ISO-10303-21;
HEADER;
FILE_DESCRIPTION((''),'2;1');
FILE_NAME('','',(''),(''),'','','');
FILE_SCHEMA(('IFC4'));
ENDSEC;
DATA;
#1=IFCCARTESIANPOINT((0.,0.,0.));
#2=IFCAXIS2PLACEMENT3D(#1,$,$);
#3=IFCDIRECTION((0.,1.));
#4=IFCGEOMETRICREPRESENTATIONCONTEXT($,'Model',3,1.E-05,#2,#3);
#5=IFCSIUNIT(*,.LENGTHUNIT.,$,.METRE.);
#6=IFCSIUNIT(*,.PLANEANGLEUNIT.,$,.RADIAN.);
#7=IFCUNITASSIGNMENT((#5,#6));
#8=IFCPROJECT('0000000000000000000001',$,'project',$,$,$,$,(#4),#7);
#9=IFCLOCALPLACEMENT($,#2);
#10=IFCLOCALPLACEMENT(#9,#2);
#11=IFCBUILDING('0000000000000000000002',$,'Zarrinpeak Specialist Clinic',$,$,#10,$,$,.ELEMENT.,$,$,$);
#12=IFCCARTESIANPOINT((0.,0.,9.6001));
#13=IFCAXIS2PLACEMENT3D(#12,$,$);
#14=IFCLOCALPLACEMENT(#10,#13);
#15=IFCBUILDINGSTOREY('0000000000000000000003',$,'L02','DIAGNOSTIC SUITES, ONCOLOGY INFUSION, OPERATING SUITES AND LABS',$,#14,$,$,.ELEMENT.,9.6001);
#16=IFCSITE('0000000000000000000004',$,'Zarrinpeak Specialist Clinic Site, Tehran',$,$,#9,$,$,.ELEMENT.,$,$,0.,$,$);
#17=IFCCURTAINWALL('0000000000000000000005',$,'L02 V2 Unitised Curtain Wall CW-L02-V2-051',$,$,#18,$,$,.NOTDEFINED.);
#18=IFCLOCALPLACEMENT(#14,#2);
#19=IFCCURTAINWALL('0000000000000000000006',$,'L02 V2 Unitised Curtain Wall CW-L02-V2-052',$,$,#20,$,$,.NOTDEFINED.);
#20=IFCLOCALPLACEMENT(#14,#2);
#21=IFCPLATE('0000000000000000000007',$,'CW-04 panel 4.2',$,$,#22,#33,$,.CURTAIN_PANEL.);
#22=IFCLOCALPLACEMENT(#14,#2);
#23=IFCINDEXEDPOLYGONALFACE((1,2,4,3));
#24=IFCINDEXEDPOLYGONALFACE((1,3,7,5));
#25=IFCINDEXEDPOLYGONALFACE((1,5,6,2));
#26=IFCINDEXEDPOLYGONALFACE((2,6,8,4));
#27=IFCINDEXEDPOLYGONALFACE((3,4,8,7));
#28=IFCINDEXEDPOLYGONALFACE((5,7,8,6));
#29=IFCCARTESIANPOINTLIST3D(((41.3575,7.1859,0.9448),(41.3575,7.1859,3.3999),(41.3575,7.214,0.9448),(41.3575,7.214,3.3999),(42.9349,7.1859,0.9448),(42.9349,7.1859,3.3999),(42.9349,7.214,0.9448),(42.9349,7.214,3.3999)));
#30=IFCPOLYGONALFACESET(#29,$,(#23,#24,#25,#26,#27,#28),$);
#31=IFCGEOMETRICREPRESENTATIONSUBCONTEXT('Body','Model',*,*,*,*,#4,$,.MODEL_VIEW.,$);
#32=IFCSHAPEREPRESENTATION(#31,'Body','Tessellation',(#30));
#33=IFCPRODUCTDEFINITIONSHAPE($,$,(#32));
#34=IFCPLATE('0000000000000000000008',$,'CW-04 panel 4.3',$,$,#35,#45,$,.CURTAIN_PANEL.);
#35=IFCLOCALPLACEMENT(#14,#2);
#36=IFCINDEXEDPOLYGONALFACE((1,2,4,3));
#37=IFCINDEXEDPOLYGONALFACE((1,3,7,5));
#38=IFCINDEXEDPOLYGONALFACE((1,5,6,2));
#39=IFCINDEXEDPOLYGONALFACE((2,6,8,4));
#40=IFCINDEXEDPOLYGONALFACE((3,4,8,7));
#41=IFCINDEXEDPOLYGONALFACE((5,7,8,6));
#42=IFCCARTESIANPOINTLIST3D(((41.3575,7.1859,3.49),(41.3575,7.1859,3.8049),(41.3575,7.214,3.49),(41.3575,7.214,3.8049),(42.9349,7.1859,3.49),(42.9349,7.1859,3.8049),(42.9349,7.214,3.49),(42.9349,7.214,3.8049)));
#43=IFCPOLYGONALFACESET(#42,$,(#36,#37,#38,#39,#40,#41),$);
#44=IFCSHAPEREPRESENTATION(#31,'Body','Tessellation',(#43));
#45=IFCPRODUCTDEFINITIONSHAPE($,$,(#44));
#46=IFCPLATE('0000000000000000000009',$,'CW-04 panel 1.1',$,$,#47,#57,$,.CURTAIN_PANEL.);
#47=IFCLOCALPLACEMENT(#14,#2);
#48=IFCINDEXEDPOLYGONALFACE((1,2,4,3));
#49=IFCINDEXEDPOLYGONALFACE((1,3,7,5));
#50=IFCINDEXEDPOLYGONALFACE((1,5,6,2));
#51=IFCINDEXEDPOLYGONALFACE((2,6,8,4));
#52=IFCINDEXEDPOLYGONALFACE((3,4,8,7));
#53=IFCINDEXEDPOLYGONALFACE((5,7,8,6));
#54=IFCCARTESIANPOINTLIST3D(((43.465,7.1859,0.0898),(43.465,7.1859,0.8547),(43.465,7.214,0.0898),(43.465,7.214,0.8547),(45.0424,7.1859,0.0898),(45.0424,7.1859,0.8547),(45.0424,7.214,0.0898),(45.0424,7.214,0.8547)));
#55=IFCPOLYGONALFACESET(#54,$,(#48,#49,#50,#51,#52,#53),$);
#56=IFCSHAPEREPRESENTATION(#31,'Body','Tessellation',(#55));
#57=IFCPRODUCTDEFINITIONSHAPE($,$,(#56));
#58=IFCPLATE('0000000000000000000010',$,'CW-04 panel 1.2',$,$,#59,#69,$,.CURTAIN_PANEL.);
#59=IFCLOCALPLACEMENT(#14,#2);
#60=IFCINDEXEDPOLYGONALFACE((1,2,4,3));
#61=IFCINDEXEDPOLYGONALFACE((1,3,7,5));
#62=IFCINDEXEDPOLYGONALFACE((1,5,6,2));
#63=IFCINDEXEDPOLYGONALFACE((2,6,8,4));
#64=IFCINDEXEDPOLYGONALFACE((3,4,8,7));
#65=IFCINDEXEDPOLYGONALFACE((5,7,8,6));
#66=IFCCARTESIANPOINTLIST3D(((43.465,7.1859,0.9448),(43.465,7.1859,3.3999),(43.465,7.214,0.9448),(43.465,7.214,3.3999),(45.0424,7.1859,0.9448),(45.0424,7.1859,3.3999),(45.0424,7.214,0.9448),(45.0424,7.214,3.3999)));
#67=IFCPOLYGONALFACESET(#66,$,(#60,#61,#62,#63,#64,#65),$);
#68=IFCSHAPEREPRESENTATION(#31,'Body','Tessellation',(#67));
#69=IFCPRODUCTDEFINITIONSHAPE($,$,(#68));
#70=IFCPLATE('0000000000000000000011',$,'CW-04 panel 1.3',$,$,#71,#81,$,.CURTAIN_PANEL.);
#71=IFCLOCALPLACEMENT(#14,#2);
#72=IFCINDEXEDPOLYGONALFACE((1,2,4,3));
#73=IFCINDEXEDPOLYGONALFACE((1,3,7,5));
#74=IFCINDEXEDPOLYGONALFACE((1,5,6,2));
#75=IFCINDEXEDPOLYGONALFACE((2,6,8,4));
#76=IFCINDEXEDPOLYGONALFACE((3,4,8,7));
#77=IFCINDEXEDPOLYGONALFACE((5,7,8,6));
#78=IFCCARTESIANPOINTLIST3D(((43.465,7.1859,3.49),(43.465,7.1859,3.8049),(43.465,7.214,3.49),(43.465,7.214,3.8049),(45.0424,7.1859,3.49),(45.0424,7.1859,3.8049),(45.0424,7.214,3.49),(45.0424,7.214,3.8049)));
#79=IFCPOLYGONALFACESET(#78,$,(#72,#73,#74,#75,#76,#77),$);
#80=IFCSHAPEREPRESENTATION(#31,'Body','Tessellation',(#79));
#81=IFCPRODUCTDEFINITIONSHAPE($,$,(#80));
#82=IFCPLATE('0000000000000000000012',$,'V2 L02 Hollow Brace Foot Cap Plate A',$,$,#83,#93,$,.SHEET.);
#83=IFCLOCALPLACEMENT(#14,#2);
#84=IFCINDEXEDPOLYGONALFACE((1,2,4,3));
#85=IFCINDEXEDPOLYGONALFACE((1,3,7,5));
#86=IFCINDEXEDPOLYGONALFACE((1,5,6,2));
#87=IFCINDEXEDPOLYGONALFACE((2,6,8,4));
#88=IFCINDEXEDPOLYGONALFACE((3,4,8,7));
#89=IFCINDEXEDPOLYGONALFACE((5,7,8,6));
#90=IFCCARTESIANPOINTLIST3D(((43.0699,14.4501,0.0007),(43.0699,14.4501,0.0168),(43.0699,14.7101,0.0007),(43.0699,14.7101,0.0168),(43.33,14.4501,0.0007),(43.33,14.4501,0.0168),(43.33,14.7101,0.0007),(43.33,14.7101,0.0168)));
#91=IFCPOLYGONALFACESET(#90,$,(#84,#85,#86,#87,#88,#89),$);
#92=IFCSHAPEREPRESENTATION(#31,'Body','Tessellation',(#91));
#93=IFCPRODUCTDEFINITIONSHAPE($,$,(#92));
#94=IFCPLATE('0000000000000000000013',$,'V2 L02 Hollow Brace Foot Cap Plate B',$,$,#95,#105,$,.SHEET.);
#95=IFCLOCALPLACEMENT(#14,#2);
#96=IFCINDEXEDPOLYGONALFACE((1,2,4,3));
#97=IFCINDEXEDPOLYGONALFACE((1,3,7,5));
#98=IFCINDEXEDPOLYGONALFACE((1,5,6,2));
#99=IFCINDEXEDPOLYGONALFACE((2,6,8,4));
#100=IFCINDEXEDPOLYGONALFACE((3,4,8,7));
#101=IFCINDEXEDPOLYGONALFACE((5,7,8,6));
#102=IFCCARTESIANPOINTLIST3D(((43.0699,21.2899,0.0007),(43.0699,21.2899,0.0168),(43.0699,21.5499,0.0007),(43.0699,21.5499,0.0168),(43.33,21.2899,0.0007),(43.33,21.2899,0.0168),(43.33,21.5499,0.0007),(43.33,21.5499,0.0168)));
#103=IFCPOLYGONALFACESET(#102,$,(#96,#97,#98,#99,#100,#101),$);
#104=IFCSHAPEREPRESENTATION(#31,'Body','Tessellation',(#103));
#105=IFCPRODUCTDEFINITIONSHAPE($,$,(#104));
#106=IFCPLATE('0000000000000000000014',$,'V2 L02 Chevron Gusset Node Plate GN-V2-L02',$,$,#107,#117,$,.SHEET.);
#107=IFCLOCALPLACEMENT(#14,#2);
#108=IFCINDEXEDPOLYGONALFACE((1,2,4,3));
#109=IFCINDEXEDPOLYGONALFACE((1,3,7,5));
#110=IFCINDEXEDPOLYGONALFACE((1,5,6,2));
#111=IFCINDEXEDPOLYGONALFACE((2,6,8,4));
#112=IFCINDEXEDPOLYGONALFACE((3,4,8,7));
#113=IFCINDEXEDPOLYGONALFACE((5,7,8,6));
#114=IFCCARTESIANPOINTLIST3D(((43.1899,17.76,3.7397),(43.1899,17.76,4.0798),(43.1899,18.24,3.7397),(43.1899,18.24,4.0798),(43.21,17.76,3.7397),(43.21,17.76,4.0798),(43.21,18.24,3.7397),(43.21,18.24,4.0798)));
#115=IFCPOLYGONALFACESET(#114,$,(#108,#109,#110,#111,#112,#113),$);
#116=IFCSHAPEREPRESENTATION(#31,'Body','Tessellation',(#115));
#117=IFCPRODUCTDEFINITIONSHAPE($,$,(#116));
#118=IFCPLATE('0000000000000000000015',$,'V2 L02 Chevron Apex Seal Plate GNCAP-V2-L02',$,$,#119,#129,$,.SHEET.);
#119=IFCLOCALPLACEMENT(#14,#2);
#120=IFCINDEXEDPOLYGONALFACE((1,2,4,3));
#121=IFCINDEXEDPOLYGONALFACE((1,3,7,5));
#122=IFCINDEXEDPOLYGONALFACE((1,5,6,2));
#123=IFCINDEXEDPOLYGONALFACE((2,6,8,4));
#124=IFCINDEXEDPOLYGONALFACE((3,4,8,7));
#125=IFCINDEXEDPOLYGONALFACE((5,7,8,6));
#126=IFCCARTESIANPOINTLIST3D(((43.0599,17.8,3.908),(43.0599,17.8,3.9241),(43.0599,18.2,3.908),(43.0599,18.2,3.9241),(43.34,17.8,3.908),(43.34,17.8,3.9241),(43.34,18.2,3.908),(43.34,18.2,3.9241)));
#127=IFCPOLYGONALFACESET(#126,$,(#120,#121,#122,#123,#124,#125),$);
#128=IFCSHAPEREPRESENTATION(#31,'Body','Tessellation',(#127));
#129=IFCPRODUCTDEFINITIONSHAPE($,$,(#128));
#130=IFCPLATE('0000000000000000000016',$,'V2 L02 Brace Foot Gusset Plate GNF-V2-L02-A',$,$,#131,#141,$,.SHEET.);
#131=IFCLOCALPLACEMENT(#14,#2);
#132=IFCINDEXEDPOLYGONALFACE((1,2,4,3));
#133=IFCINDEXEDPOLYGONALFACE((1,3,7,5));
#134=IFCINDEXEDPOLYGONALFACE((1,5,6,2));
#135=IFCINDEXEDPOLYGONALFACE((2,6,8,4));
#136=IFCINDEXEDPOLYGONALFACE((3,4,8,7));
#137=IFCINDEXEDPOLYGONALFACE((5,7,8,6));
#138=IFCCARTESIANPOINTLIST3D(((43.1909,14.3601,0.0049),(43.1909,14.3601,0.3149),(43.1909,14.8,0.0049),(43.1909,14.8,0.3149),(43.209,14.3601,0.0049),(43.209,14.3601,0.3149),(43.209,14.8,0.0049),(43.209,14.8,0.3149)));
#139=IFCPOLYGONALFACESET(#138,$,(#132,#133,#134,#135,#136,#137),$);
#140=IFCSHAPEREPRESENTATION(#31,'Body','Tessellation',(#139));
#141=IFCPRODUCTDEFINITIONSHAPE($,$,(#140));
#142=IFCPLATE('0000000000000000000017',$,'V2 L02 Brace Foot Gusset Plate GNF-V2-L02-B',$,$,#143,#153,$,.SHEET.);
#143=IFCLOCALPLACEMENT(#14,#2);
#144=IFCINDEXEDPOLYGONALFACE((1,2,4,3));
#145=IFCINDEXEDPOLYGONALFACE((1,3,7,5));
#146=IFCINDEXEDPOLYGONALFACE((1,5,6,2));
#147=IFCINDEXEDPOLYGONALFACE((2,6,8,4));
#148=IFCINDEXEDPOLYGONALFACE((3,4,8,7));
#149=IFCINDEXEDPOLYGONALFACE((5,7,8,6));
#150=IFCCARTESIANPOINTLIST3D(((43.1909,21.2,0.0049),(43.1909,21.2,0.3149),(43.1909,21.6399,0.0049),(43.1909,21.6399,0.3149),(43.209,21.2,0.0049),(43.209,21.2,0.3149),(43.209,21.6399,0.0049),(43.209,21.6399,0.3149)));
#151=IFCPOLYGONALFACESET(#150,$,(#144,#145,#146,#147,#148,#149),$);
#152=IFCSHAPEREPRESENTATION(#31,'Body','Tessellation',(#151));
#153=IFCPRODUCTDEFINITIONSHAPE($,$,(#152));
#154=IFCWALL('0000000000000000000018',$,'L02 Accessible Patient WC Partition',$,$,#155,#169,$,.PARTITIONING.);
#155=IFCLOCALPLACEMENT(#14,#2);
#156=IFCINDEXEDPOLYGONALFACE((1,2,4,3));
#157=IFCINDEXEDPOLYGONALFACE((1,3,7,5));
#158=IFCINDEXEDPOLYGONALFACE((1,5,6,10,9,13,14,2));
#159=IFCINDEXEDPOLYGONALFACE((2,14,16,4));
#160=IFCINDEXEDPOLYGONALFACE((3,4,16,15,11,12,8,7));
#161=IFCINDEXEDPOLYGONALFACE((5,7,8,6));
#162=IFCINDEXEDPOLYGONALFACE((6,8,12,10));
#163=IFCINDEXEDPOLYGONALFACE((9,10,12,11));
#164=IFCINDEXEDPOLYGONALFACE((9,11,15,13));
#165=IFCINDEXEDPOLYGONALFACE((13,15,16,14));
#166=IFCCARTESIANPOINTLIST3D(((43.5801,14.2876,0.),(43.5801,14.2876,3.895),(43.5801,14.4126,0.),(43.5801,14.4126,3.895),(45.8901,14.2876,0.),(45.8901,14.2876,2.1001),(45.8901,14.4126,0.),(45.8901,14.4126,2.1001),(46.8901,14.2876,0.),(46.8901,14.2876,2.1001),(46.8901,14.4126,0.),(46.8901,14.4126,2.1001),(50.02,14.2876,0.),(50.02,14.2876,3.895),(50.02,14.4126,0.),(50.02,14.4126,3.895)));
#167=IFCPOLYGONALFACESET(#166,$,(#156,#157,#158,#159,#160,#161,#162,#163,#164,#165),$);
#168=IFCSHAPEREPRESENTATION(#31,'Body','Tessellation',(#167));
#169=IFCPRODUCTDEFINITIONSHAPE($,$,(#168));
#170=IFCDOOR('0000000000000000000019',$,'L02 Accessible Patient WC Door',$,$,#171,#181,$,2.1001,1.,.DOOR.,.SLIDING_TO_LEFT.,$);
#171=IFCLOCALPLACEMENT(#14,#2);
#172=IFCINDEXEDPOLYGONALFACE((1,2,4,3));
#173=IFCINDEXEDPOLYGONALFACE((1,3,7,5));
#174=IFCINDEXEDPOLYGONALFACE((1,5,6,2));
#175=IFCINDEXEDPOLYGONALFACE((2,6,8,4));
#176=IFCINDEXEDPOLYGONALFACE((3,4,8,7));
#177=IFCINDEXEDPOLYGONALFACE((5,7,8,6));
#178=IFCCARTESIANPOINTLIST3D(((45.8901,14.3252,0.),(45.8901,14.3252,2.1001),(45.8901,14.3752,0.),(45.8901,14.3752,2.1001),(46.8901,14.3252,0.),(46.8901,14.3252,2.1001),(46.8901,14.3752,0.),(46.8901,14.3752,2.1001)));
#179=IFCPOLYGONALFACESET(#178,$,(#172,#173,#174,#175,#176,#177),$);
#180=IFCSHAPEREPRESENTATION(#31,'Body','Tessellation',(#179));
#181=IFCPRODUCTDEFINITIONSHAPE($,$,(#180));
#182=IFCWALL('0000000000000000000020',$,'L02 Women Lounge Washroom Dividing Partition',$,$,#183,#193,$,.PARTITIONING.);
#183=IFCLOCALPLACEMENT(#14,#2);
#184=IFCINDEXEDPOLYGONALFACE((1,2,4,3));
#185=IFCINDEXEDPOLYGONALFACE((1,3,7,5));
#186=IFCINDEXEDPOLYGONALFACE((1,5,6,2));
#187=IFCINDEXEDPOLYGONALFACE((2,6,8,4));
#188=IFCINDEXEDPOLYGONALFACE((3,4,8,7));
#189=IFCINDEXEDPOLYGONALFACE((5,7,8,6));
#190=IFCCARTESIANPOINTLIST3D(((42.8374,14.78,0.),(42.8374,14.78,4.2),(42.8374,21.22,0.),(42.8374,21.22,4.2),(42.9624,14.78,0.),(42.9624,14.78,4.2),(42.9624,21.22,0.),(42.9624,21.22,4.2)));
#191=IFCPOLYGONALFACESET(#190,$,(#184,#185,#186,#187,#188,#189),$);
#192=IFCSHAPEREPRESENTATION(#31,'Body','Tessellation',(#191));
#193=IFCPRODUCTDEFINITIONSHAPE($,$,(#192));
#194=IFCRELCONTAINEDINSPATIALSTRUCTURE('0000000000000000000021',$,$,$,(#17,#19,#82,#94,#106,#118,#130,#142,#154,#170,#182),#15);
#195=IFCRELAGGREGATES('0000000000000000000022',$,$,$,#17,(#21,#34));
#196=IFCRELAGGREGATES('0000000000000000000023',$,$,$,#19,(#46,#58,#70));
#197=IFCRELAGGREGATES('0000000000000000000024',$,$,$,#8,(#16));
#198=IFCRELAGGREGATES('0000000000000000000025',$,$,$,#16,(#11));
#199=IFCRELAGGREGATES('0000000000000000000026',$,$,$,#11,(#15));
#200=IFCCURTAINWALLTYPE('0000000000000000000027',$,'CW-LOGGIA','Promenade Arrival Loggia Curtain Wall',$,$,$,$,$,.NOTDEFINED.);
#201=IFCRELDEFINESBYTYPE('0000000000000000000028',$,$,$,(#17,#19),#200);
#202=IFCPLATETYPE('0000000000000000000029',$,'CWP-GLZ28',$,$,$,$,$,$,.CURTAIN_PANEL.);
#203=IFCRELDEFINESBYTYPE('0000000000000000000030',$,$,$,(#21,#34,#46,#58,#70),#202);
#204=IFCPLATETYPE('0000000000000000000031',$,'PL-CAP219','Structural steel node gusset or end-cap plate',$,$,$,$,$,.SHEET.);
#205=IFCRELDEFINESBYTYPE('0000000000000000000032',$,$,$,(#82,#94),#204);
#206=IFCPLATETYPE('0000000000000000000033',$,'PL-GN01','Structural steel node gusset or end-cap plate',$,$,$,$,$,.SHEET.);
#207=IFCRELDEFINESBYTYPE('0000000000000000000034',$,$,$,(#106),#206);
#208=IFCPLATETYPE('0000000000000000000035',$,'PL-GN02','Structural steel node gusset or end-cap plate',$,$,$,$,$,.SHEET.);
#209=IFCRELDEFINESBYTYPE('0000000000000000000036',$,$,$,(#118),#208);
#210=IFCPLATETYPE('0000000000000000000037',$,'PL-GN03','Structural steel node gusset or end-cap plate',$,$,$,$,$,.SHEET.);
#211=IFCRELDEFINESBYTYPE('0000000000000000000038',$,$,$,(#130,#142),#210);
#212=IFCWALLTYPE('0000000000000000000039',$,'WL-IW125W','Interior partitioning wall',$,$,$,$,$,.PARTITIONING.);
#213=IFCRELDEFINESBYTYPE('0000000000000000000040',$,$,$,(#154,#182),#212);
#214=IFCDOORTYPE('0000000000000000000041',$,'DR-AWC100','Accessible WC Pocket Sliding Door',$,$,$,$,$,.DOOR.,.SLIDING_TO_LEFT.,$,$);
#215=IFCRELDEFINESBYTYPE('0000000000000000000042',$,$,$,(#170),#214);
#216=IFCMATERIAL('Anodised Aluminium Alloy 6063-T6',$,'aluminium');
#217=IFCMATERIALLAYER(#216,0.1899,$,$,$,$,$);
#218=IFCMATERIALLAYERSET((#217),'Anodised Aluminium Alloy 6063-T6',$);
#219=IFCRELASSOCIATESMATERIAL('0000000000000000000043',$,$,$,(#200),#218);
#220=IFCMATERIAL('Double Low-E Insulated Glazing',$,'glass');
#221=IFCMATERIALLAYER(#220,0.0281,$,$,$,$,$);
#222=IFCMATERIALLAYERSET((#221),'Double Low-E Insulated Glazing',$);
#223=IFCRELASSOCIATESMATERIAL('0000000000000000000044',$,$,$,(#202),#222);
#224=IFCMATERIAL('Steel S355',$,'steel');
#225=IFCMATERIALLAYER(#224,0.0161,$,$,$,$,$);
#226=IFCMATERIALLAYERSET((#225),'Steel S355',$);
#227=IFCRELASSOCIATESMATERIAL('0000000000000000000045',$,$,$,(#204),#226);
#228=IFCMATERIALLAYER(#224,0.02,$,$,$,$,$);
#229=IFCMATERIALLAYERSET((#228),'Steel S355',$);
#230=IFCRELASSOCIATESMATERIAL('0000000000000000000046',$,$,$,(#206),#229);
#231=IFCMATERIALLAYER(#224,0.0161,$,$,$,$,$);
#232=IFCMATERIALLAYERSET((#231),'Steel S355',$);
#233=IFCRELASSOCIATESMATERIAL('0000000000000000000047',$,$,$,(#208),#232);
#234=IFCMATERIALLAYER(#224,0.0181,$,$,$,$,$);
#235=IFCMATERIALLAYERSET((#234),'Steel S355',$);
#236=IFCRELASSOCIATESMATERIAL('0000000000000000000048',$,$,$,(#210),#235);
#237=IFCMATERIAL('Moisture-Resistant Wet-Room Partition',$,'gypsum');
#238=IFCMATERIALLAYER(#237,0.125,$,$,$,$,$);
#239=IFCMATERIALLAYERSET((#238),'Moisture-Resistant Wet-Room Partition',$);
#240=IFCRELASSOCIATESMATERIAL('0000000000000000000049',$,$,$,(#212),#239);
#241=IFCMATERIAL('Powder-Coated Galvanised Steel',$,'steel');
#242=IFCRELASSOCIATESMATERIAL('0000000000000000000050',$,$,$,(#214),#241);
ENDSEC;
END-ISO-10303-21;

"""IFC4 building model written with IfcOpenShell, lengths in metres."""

from ifc_helpers import new_model, si_unit, direction, frame, frame_2d, origin, origin_2d, place, context, subcontext, project, spatial, rectangle, extrude, material, layer, layer_set, type_object, element, fill, aggregate, save


model = new_model("IFC4")

# Units and contexts
model_context = context("Model", 3, precision=1e-05, world=origin(), true_north=direction((0.0, 1.0)))
body_context = subcontext(model_context, "Body", "Model", "MODEL_VIEW")
ifc_project = project(units=[si_unit("LENGTHUNIT", "METRE"), si_unit("PLANEANGLEUNIT", "RADIAN")], contexts=[model_context])

# Site, building, storey
site_placement = place(None, origin())
site = spatial("IfcSite", under=ifc_project, at=site_placement, Name="Zarrinpeak Specialist Clinic Site, Tehran", CompositionType="ELEMENT", RefElevation=0.0)
building_placement = place(site_placement, origin())
building = spatial("IfcBuilding", under=site, at=building_placement, Name="Zarrinpeak Specialist Clinic", CompositionType="ELEMENT")
storey_placement = place(building_placement, frame((0.0, 0.0, 9.6001)))
storey = spatial("IfcBuildingStorey", under=building, at=storey_placement, Name="L02", Description="DIAGNOSTIC SUITES, ONCOLOGY INFUSION, OPERATING SUITES AND LABS", CompositionType="ELEMENT", Elevation=9.6001)

# Shared definitions
ifc_material_1 = material(Name="Steel S355", Category="steel")

# Curtain walls
ifc_material_2 = material(Name="Anodised Aluminium Alloy 6063-T6", Category="aluminium")
ifc_layer_1 = layer(ifc_material_2, 0.1899)
ifc_layer_set_1 = layer_set([ifc_layer_1], Name="Anodised Aluminium Alloy 6063-T6")
curtain_wall_type = type_object("IfcCurtainWallType", Name="CW-LOGGIA", Description="Promenade Arrival Loggia Curtain Wall", PredefinedType="NOTDEFINED", material=ifc_layer_set_1)
curtain_wall_1_placement = place(storey_placement, origin())
curtain_wall_1 = element("IfcCurtainWall", 1, at=curtain_wall_1_placement, inside=storey, type_object=curtain_wall_type, Name="L02 V2 Unitised Curtain Wall CW-L02-V2-051", PredefinedType="NOTDEFINED")
curtain_wall_2_placement = place(storey_placement, origin())
curtain_wall_2 = element("IfcCurtainWall", 2, at=curtain_wall_2_placement, inside=storey, type_object=curtain_wall_type, Name="L02 V2 Unitised Curtain Wall CW-L02-V2-052", PredefinedType="NOTDEFINED")

# Plates
ifc_material_3 = material(Name="Double Low-E Insulated Glazing", Category="glass")
ifc_layer_2 = layer(ifc_material_3, 0.0281)
ifc_layer_set_2 = layer_set([ifc_layer_2], Name="Double Low-E Insulated Glazing")
plate_type_1 = type_object("IfcPlateType", Name="CWP-GLZ28", PredefinedType="CURTAIN_PANEL", material=ifc_layer_set_2)
plate_1_placement = place(storey_placement, frame((42.1462, 7.2, 0.9448), z_axis=(0.0, 0.0, 1.0), x_axis=(1.0, 0.0, 0.0)))
plate_1 = element("IfcPlate", 3, at=plate_1_placement, type_object=plate_type_1, Name="CW-04 panel 4.2", PredefinedType="CURTAIN_PANEL", context=body_context, shape_type="SweptSolid", body=[
    extrude(rectangle(XDim=1.5774, YDim=0.0281, at=origin_2d()), origin(), (0.0, 0.0, 1.0), 2.4551),
])
plate_2_placement = place(storey_placement, frame((42.1462, 7.2, 3.49), z_axis=(0.0, 0.0, 1.0), x_axis=(1.0, 0.0, 0.0)))
plate_2 = element("IfcPlate", 4, at=plate_2_placement, type_object=plate_type_1, Name="CW-04 panel 4.3", PredefinedType="CURTAIN_PANEL", context=body_context, shape_type="SweptSolid", body=[
    extrude(rectangle(XDim=1.5774, YDim=0.0281, at=origin_2d()), origin(), (0.0, 0.0, 1.0), 0.3149),
])
aggregate(curtain_wall_1, [plate_1, plate_2])
plate_3_placement = place(storey_placement, frame((44.2537, 7.2, 0.0898), z_axis=(0.0, 0.0, 1.0), x_axis=(1.0, 0.0, 0.0)))
plate_3 = element("IfcPlate", 5, at=plate_3_placement, type_object=plate_type_1, Name="CW-04 panel 1.1", PredefinedType="CURTAIN_PANEL", context=body_context, shape_type="SweptSolid", body=[
    extrude(rectangle(XDim=1.5774, YDim=0.0281, at=origin_2d()), origin(), (0.0, 0.0, 1.0), 0.7649),
])
plate_4_placement = place(storey_placement, frame((44.2537, 7.2, 0.9448), z_axis=(0.0, 0.0, 1.0), x_axis=(1.0, 0.0, 0.0)))
plate_4 = element("IfcPlate", 6, at=plate_4_placement, type_object=plate_type_1, Name="CW-04 panel 1.2", PredefinedType="CURTAIN_PANEL", context=body_context, shape_type="SweptSolid", body=[
    extrude(rectangle(XDim=1.5774, YDim=0.0281, at=origin_2d()), origin(), (0.0, 0.0, 1.0), 2.4551),
])
plate_5_placement = place(storey_placement, frame((44.2537, 7.2, 3.49), z_axis=(0.0, 0.0, 1.0), x_axis=(1.0, 0.0, 0.0)))
plate_5 = element("IfcPlate", 7, at=plate_5_placement, type_object=plate_type_1, Name="CW-04 panel 1.3", PredefinedType="CURTAIN_PANEL", context=body_context, shape_type="SweptSolid", body=[
    extrude(rectangle(XDim=1.5774, YDim=0.0281, at=origin_2d()), origin(), (0.0, 0.0, 1.0), 0.3149),
])
aggregate(curtain_wall_2, [plate_3, plate_4, plate_5])

# Plates
ifc_layer_3 = layer(ifc_material_1, 0.0161)
ifc_layer_set_3 = layer_set([ifc_layer_3], Name="Steel S355")
plate_type_2 = type_object("IfcPlateType", Name="PL-CAP219", Description="Structural steel node gusset or end-cap plate", PredefinedType="SHEET", material=ifc_layer_set_3)
for number, where, z_axis, x_axis, name in (
    (8, (43.2, 14.5801, 0.0007), (0.0, 0.0, 1.0), (1.0, 0.0, 0.0), "V2 L02 Hollow Brace Foot Cap Plate A"),
    (9, (43.2, 21.4199, 0.0007), (0.0, 0.0, 1.0), (1.0, 0.0, 0.0), "V2 L02 Hollow Brace Foot Cap Plate B"),
):
    element("IfcPlate", number, at=place(storey_placement, frame(where, z_axis=z_axis, x_axis=x_axis)), inside=storey, type_object=plate_type_2, Name=name, PredefinedType="SHEET", context=body_context, shape_type="SweptSolid", body=[
        extrude(rectangle(XDim=0.26, YDim=0.26, at=origin_2d()), origin(), (0.0, 0.0, 1.0), 0.0161),
    ])
ifc_layer_4 = layer(ifc_material_1, 0.02)
ifc_layer_set_4 = layer_set([ifc_layer_4], Name="Steel S355")
plate_type_3 = type_object("IfcPlateType", Name="PL-GN01", Description="Structural steel node gusset or end-cap plate", PredefinedType="SHEET", material=ifc_layer_set_4)
plate_6_placement = place(storey_placement, frame((43.2, 18.0, 3.7397), z_axis=(0.0, 0.0, 1.0), x_axis=(1.0, 0.0, 0.0)))
element("IfcPlate", 10, at=plate_6_placement, inside=storey, type_object=plate_type_3, Name="V2 L02 Chevron Gusset Node Plate GN-V2-L02", PredefinedType="SHEET", context=body_context, shape_type="SweptSolid", body=[
    extrude(rectangle(XDim=0.02, YDim=0.48, at=origin_2d()), origin(), (0.0, 0.0, 1.0), 0.3401),
])
ifc_layer_5 = layer(ifc_material_1, 0.0161)
ifc_layer_set_5 = layer_set([ifc_layer_5], Name="Steel S355")
plate_type_4 = type_object("IfcPlateType", Name="PL-GN02", Description="Structural steel node gusset or end-cap plate", PredefinedType="SHEET", material=ifc_layer_set_5)
plate_7_placement = place(storey_placement, frame((43.2, 18.0, 3.908), z_axis=(0.0, 0.0, 1.0), x_axis=(1.0, 0.0, 0.0)))
element("IfcPlate", 11, at=plate_7_placement, inside=storey, type_object=plate_type_4, Name="V2 L02 Chevron Apex Seal Plate GNCAP-V2-L02", PredefinedType="SHEET", context=body_context, shape_type="SweptSolid", body=[
    extrude(rectangle(XDim=0.28, YDim=0.3999, at=origin_2d()), origin(), (0.0, 0.0, 1.0), 0.0161),
])
ifc_layer_6 = layer(ifc_material_1, 0.0181)
ifc_layer_set_6 = layer_set([ifc_layer_6], Name="Steel S355")
plate_type_5 = type_object("IfcPlateType", Name="PL-GN03", Description="Structural steel node gusset or end-cap plate", PredefinedType="SHEET", material=ifc_layer_set_6)
for number, where, z_axis, x_axis, name in (
    (12, (43.2, 14.5801, 0.0049), (0.0, 0.0, 1.0), (1.0, 0.0, 0.0), "V2 L02 Brace Foot Gusset Plate GNF-V2-L02-A"),
    (13, (43.2, 21.4199, 0.0049), (0.0, 0.0, 1.0), (1.0, 0.0, 0.0), "V2 L02 Brace Foot Gusset Plate GNF-V2-L02-B"),
):
    element("IfcPlate", number, at=place(storey_placement, frame(where, z_axis=z_axis, x_axis=x_axis)), inside=storey, type_object=plate_type_5, Name=name, PredefinedType="SHEET", context=body_context, shape_type="SweptSolid", body=[
        extrude(rectangle(XDim=0.0181, YDim=0.4399, at=origin_2d()), origin(), (0.0, 0.0, 1.0), 0.3101),
    ])

# Wall, opening, door
ifc_material_4 = material(Name="Moisture-Resistant Wet-Room Partition", Category="gypsum")
ifc_layer_7 = layer(ifc_material_4, 0.125)
ifc_layer_set_7 = layer_set([ifc_layer_7], Name="Moisture-Resistant Wet-Room Partition")
wall_type = type_object("IfcWallType", Name="WL-IW125W", Description="Interior partitioning wall", PredefinedType="PARTITIONING", material=ifc_layer_set_7)
wall_placement = place(storey_placement, frame((43.5801, 14.3501, 0.0), z_axis=(0.0, 0.0, 1.0), x_axis=(1.0, 0.0, 0.0)))
wall = element("IfcWall", 14, at=wall_placement, inside=storey, type_object=wall_type, Name="L02 Accessible Patient WC Partition", PredefinedType="PARTITIONING", context=body_context, shape_type="SweptSolid", body=[
    extrude(rectangle(XDim=6.4399, YDim=0.125, at=frame_2d((3.22, 0.0))), origin(), (0.0, 0.0, 1.0), 3.895),
])
opening_placement = place(wall_placement, frame((2.3101, 0.0, 0.0)))
opening = element("IfcOpeningElement", 15, at=opening_placement, cuts=wall, PredefinedType="OPENING", context=body_context, shape_type="SweptSolid", body=[
    extrude(rectangle(XDim=1.0, YDim=2.1001, at=frame_2d((0.5, 1.05))), frame((0.0, 0.0725, 0.0), z_axis=(0.0, -1.0, 0.0), x_axis=(1.0, 0.0, 0.0)), (0.0, 0.0, 1.0), 0.145),
])
ifc_material_5 = material(Name="Powder-Coated Galvanised Steel", Category="steel")
door_type = type_object("IfcDoorType", Name="DR-AWC100", Description="Accessible WC Pocket Sliding Door", OperationType="SLIDING_TO_LEFT", PredefinedType="DOOR", material=ifc_material_5)
door_placement = place(opening_placement, frame((1.0, 0.0, 0.0), z_axis=(0.0, 0.0, 1.0), x_axis=(-1.0, 0.0, 0.0)))
door = element("IfcDoor", 16, at=door_placement, inside=storey, type_object=door_type, Name="L02 Accessible Patient WC Door", OperationType="SLIDING_TO_LEFT", OverallHeight=2.1001, OverallWidth=1.0, PredefinedType="DOOR", context=body_context, shape_type="SweptSolid", body=[
    extrude(rectangle(XDim=1.0, YDim=2.1001, at=frame_2d((0.5, 1.05))), frame((0.0, 0.0249, 0.0), z_axis=(0.0, -1.0, 0.0), x_axis=(1.0, 0.0, 0.0)), (0.0, 0.0, 1.0), 0.05),
])
fill(opening, door)

# Wall
for number, where, z_axis, x_axis, name in (
    (17, (42.8999, 14.78, 0.0), (0.0, 0.0, 1.0), (0.0, 1.0, 0.0), "L02 Women Lounge Washroom Dividing Partition"),
):
    element("IfcWall", number, at=place(storey_placement, frame(where, z_axis=z_axis, x_axis=x_axis)), inside=storey, type_object=wall_type, Name=name, PredefinedType="PARTITIONING", context=body_context, shape_type="SweptSolid", body=[
        extrude(rectangle(XDim=6.4399, YDim=0.125, at=frame_2d((3.22, 0.0))), origin(), (0.0, 0.0, 1.0), 4.2),
    ])

save(model, "model.ifc")
